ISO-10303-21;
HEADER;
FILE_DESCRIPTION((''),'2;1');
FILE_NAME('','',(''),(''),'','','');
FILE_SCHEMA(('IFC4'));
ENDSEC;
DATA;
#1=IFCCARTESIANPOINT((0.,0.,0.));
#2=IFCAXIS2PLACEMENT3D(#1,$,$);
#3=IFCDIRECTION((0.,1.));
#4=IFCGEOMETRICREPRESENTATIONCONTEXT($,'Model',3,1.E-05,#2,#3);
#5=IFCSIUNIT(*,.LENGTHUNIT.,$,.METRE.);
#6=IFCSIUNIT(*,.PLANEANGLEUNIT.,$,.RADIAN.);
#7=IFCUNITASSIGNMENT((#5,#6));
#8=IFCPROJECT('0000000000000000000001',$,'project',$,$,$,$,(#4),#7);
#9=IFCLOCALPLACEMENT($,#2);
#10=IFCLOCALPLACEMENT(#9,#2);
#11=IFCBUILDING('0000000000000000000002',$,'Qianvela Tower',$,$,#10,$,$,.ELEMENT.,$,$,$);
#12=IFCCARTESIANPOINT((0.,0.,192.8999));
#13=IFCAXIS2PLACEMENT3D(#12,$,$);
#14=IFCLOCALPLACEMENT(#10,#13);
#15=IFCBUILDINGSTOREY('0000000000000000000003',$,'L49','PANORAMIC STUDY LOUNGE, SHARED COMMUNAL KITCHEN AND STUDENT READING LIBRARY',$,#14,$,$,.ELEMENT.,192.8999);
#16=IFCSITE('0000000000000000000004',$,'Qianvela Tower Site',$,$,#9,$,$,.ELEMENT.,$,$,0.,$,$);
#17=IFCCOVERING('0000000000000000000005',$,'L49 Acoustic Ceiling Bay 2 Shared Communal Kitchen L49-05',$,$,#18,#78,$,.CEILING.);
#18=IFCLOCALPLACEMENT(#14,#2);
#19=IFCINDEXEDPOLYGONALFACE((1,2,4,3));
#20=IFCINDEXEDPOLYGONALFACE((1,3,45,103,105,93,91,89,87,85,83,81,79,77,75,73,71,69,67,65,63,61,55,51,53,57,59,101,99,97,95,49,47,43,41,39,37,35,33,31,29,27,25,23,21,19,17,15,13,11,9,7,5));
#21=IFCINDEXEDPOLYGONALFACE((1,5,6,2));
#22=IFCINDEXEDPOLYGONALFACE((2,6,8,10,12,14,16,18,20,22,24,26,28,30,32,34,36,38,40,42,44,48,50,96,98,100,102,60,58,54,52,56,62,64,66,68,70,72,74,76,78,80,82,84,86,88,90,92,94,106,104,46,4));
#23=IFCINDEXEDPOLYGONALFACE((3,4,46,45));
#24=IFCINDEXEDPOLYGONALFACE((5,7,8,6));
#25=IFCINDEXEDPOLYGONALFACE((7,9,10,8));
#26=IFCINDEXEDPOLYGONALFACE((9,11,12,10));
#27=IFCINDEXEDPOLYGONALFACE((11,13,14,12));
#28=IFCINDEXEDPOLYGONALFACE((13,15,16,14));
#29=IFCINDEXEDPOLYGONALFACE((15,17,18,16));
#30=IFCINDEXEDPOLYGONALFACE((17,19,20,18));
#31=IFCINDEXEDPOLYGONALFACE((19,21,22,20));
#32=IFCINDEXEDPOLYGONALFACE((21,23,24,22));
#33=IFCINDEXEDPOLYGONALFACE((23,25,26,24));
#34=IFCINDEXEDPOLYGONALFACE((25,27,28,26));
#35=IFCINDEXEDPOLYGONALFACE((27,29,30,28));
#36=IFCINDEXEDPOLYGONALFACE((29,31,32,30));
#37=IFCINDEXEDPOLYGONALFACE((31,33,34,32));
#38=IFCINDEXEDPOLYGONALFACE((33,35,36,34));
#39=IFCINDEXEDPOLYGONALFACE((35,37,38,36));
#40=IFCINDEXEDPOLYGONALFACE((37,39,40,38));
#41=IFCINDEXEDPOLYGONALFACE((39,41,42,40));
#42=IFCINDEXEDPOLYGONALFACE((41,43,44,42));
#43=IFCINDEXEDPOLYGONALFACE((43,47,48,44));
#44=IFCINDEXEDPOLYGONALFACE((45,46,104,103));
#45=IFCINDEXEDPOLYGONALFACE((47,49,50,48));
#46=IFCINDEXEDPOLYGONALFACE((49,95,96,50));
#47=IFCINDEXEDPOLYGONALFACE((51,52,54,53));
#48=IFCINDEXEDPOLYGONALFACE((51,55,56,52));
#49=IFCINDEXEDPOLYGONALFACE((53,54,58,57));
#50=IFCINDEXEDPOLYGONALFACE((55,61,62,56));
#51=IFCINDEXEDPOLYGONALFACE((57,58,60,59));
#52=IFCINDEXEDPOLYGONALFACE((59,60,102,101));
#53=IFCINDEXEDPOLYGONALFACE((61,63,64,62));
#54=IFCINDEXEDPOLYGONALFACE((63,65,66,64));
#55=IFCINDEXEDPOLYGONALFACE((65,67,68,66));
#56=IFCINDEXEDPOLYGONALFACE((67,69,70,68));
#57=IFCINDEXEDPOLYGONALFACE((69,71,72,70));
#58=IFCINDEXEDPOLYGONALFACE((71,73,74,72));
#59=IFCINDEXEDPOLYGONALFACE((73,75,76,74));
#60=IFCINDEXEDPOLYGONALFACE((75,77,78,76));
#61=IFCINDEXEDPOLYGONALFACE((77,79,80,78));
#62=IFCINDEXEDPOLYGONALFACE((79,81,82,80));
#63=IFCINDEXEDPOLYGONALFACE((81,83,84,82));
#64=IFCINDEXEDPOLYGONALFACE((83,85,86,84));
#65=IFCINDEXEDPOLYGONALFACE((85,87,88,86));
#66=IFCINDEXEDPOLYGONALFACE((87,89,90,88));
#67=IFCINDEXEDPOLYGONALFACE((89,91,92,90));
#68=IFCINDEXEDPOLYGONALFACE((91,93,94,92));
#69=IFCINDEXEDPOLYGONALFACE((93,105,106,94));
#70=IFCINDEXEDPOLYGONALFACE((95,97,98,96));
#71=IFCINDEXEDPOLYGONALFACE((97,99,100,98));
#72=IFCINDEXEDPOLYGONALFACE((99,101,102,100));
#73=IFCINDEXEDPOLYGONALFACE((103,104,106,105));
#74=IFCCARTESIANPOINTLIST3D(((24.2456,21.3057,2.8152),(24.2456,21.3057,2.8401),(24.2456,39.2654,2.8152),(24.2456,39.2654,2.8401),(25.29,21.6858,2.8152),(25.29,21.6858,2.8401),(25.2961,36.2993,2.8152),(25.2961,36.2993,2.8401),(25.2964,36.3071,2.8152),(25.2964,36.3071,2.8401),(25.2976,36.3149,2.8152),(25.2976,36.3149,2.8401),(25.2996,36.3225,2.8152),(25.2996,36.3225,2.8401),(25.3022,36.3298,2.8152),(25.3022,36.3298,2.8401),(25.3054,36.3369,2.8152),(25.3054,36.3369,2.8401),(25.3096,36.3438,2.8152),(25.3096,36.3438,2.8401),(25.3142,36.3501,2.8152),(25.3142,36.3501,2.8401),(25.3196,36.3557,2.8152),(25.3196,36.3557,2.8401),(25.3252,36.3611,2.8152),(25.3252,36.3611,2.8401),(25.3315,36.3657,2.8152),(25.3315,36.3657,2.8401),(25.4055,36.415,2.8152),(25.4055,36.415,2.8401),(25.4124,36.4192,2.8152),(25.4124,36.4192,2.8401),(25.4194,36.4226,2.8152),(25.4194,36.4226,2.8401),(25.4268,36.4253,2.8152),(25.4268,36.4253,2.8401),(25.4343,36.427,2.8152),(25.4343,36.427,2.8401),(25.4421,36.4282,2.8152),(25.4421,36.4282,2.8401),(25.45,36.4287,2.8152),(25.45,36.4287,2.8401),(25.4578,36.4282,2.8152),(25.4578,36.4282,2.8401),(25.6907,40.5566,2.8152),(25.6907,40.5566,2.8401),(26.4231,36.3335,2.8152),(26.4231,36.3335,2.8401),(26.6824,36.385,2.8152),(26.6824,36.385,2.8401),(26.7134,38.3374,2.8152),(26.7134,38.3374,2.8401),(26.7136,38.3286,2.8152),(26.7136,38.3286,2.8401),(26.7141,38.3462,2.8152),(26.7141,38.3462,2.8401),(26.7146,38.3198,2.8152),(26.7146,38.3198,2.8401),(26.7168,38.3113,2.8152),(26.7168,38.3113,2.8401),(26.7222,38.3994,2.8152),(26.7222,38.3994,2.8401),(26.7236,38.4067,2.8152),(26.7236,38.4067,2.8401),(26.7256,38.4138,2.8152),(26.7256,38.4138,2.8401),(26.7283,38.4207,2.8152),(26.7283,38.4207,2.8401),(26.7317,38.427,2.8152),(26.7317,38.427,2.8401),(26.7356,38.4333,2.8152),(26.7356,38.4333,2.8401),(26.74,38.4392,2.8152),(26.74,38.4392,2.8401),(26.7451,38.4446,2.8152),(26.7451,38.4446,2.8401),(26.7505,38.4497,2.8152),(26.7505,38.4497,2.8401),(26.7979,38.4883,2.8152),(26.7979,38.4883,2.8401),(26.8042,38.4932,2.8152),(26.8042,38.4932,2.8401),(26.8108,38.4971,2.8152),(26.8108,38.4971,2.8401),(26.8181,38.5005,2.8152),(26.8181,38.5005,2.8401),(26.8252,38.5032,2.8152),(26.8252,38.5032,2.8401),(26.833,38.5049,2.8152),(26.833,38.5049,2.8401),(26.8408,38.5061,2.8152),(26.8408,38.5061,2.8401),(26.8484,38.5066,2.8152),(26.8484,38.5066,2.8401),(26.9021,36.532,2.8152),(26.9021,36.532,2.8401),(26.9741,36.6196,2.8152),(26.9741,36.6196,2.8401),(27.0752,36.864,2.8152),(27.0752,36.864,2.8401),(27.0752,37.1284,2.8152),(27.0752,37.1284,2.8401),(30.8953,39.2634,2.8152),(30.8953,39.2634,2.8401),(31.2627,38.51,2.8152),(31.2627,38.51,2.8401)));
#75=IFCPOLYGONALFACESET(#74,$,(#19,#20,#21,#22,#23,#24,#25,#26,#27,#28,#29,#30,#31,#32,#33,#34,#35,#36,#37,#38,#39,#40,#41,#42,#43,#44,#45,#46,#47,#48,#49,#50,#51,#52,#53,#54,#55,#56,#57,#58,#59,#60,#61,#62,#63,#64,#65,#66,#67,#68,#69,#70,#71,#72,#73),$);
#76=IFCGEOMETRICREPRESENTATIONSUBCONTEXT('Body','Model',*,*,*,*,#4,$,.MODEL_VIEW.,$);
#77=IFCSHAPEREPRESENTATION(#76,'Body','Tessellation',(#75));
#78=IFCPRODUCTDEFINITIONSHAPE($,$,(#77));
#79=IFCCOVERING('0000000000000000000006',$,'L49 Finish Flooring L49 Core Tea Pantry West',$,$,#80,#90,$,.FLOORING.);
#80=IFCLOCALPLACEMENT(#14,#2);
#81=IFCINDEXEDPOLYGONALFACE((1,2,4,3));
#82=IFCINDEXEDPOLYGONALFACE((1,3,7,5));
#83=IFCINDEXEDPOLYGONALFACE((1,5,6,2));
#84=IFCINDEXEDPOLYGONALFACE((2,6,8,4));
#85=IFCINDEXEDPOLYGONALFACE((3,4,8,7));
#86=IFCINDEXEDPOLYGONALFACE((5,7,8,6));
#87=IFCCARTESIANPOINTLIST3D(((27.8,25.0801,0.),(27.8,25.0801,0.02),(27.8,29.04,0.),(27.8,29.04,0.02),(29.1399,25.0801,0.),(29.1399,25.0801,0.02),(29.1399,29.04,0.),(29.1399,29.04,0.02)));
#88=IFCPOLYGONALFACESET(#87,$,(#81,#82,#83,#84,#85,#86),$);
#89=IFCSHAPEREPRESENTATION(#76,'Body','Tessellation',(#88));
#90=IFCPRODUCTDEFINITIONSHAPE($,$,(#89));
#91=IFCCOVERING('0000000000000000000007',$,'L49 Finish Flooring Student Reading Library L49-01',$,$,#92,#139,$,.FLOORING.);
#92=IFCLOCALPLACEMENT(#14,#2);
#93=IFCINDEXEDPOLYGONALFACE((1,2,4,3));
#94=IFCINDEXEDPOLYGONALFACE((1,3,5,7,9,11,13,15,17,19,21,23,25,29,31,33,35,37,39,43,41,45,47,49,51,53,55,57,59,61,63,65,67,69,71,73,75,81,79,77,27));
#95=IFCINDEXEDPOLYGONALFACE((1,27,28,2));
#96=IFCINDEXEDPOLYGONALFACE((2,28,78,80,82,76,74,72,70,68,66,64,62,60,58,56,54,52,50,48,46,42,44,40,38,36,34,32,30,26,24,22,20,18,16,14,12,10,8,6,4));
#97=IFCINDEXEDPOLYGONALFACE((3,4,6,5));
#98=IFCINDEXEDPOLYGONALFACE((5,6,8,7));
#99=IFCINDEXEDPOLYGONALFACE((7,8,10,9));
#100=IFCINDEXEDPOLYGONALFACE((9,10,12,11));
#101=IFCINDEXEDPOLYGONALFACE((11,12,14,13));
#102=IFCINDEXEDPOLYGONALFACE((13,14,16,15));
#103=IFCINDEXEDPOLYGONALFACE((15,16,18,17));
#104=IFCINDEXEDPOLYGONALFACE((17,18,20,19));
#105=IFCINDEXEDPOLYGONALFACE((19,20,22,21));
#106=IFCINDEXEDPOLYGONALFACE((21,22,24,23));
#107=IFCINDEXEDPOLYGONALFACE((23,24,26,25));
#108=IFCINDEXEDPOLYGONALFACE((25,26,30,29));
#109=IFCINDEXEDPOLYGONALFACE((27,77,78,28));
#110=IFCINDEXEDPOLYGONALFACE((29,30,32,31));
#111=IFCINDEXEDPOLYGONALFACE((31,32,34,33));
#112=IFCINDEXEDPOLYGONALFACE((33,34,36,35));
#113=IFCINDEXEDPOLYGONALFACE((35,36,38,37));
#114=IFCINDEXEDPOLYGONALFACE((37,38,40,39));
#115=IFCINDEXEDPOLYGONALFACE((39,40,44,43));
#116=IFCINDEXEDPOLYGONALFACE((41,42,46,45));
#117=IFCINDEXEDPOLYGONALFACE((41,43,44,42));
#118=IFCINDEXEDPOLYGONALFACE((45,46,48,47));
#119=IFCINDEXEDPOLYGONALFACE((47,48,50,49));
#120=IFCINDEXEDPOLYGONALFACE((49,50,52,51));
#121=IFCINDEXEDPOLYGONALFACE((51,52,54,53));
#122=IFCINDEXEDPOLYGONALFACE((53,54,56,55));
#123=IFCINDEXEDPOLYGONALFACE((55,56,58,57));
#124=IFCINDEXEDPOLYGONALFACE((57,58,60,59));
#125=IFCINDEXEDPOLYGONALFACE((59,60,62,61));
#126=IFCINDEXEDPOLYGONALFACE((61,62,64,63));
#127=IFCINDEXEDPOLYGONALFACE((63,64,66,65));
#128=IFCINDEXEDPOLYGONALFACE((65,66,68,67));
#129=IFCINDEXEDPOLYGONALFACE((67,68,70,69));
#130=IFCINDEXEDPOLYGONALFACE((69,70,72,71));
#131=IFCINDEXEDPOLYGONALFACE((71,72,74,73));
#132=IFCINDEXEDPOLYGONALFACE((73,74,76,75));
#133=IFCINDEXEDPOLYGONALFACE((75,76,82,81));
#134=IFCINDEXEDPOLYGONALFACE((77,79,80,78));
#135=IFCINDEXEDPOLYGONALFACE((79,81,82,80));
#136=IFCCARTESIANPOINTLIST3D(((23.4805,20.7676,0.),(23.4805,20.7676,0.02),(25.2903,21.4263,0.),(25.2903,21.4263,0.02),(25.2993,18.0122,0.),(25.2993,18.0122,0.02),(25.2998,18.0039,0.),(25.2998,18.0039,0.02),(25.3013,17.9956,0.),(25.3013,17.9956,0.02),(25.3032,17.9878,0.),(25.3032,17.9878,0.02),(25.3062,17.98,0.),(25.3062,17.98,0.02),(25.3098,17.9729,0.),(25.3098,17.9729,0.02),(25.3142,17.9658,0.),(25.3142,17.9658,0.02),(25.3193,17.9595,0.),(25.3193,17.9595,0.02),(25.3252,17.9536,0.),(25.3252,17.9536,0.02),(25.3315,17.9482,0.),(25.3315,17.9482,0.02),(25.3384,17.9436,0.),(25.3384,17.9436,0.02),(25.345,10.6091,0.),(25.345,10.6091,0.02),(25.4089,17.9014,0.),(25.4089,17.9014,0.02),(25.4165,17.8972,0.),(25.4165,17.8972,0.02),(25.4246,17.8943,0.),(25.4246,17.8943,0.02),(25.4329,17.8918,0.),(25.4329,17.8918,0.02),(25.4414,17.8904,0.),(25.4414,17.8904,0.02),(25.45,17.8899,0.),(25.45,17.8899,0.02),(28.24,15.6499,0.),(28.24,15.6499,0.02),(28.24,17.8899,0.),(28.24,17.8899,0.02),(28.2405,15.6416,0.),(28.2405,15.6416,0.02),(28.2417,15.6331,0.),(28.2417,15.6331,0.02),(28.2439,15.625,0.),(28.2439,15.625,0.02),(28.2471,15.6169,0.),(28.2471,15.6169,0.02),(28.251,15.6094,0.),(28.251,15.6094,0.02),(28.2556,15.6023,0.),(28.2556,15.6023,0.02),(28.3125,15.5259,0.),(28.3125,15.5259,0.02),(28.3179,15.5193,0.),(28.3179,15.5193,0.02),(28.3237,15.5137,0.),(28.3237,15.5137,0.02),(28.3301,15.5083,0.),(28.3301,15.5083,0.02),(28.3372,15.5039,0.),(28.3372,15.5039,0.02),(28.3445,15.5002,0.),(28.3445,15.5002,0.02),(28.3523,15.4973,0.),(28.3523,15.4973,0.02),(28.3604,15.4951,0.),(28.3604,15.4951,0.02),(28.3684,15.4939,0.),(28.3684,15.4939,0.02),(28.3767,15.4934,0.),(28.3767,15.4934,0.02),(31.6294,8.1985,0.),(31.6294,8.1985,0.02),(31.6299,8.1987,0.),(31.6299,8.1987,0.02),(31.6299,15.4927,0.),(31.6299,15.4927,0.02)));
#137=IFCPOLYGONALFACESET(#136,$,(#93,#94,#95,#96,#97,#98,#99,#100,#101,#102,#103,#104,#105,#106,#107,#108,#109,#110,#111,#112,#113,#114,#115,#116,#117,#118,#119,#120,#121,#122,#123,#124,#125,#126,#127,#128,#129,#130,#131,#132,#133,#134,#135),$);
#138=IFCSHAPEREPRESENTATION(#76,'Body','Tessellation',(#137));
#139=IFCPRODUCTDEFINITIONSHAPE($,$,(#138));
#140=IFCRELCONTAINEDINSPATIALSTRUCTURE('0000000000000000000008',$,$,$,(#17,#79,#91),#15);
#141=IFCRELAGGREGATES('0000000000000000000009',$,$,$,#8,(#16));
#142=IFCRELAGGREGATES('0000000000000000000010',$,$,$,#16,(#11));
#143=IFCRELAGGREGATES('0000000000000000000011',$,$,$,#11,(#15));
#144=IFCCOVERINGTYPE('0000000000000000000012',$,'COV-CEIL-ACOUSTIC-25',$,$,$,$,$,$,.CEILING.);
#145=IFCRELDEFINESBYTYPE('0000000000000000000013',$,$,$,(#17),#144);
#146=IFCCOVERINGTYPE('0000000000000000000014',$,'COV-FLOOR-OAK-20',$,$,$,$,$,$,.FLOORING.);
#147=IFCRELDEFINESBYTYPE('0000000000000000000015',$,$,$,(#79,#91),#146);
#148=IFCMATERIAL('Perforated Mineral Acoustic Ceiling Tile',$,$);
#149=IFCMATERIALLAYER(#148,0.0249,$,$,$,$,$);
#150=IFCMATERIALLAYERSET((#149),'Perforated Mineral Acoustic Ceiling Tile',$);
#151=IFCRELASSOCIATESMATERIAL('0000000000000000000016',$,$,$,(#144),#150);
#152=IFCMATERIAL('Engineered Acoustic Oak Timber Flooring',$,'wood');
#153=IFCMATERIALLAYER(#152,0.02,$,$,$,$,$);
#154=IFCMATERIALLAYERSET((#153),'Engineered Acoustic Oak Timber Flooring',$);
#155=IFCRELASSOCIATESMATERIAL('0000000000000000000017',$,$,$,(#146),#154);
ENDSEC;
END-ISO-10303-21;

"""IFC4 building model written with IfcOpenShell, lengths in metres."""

from ifc_helpers import new_model, si_unit, direction, frame, origin, place, context, subcontext, project, spatial, polyline, outline, extrude, material, layer, layer_set, type_object, element, save


model = new_model("IFC4")

# Units and contexts
model_context = context("Model", 3, precision=1e-05, world=origin(), true_north=direction((0.0, 1.0)))
body_context = subcontext(model_context, "Body", "Model", "MODEL_VIEW")
ifc_project = project(units=[si_unit("LENGTHUNIT", "METRE"), si_unit("PLANEANGLEUNIT", "RADIAN")], contexts=[model_context])

# Site, building, storey
site_placement = place(None, origin())
site = spatial("IfcSite", under=ifc_project, at=site_placement, Name="Qianvela Tower Site", CompositionType="ELEMENT", RefElevation=0.0)
building_placement = place(site_placement, origin())
building = spatial("IfcBuilding", under=site, at=building_placement, Name="Qianvela Tower", CompositionType="ELEMENT")
storey_placement = place(building_placement, frame((0.0, 0.0, 192.8999)))
storey = spatial("IfcBuildingStorey", under=building, at=storey_placement, Name="L49", Description="PANORAMIC STUDY LOUNGE, SHARED COMMUNAL KITCHEN AND STUDENT READING LIBRARY", CompositionType="ELEMENT", Elevation=192.8999)

# Coverings
ifc_material_1 = material(Name="Perforated Mineral Acoustic Ceiling Tile")
ifc_layer_1 = layer(ifc_material_1, 0.0249)
ifc_layer_set_1 = layer_set([ifc_layer_1], Name="Perforated Mineral Acoustic Ceiling Tile")
covering_type_1 = type_object("IfcCoveringType", Name="COV-CEIL-ACOUSTIC-25", PredefinedType="CEILING", material=ifc_layer_set_1)
covering_1_placement = place(storey_placement, frame((0.0, 0.0, 2.8152)))
element("IfcCovering", 1, at=covering_1_placement, inside=storey, type_object=covering_type_1, Name="L49 Acoustic Ceiling Bay 2 Shared Communal Kitchen L49-05", PredefinedType="CEILING", context=body_context, shape_type="SweptSolid", body=[
    extrude(outline(polyline([(30.8953, 39.2634), (31.2627, 38.51), (26.8484, 38.5066), (26.8408, 38.5061), (26.833, 38.5049), (26.8252, 38.5032), (26.8181, 38.5005), (26.8108, 38.4971), (26.8042, 38.4932), (26.7979, 38.4883), (26.7505, 38.4497), (26.7451, 38.4446), (26.74, 38.4392), (26.7356, 38.4333), (26.7317, 38.427), (26.7283, 38.4207), (26.7256, 38.4138), (26.7236, 38.4067), (26.7222, 38.3994), (26.7141, 38.3462), (26.7134, 38.3374), (26.7136, 38.3286), (26.7146, 38.3198), (26.7168, 38.3113), (27.0752, 37.1284), (27.0752, 36.864), (26.9741, 36.6196), (26.9021, 36.532), (26.6824, 36.385), (26.4231, 36.3335), (25.4578, 36.4282), (25.45, 36.4287), (25.4421, 36.4282), (25.4343, 36.427), (25.4268, 36.4253), (25.4194, 36.4226), (25.4124, 36.4192), (25.4055, 36.415), (25.3315, 36.3657), (25.3252, 36.3611), (25.3196, 36.3557), (25.3142, 36.3501), (25.3096, 36.3438), (25.3054, 36.3369), (25.3022, 36.3298), (25.2996, 36.3225), (25.2976, 36.3149), (25.2964, 36.3071), (25.2961, 36.2993), (25.29, 21.6858), (24.2456, 21.3057), (24.2456, 39.2654), (25.6907, 40.5566), (30.8953, 39.2634)])), origin(), (0.0, 0.0, 1.0), 0.0249),
])
ifc_material_2 = material(Name="Engineered Acoustic Oak Timber Flooring", Category="wood")
ifc_layer_2 = layer(ifc_material_2, 0.02)
ifc_layer_set_2 = layer_set([ifc_layer_2], Name="Engineered Acoustic Oak Timber Flooring")
covering_type_2 = type_object("IfcCoveringType", Name="COV-FLOOR-OAK-20", PredefinedType="FLOORING", material=ifc_layer_set_2)
covering_2_placement = place(storey_placement, origin())
element("IfcCovering", 2, at=covering_2_placement, inside=storey, type_object=covering_type_2, Name="L49 Finish Flooring L49 Core Tea Pantry West", PredefinedType="FLOORING", context=body_context, shape_type="SweptSolid", body=[
    extrude(outline(polyline([(27.8, 25.0801), (27.8, 29.04), (29.1399, 29.04), (29.1399, 25.0801), (27.8, 25.0801)])), origin(), (0.0, 0.0, 1.0), 0.02),
])
covering_3_placement = place(storey_placement, origin())
element("IfcCovering", 3, at=covering_3_placement, inside=storey, type_object=covering_type_2, Name="L49 Finish Flooring Student Reading Library L49-01", PredefinedType="FLOORING", context=body_context, shape_type="SweptSolid", body=[
    extrude(outline(polyline([(25.345, 10.6091), (23.4805, 20.7676), (25.2903, 21.4263), (25.2993, 18.0122), (25.2998, 18.0039), (25.3013, 17.9956), (25.3032, 17.9878), (25.3062, 17.98), (25.3098, 17.9729), (25.3142, 17.9658), (25.3193, 17.9595), (25.3252, 17.9536), (25.3315, 17.9482), (25.3384, 17.9436), (25.4089, 17.9014), (25.4165, 17.8972), (25.4246, 17.8943), (25.4329, 17.8918), (25.4414, 17.8904), (25.45, 17.8899), (28.24, 17.8899), (28.24, 15.6499), (28.2405, 15.6416), (28.2417, 15.6331), (28.2439, 15.625), (28.2471, 15.6169), (28.251, 15.6094), (28.2556, 15.6023), (28.3125, 15.5259), (28.3179, 15.5193), (28.3237, 15.5137), (28.3301, 15.5083), (28.3372, 15.5039), (28.3445, 15.5002), (28.3523, 15.4973), (28.3604, 15.4951), (28.3684, 15.4939), (28.3767, 15.4934), (31.6299, 15.4927), (31.6299, 8.1987), (31.6294, 8.1985), (25.345, 10.6091)])), origin(), (0.0, 0.0, 1.0), 0.02),
])

save(model, "model.ifc")
